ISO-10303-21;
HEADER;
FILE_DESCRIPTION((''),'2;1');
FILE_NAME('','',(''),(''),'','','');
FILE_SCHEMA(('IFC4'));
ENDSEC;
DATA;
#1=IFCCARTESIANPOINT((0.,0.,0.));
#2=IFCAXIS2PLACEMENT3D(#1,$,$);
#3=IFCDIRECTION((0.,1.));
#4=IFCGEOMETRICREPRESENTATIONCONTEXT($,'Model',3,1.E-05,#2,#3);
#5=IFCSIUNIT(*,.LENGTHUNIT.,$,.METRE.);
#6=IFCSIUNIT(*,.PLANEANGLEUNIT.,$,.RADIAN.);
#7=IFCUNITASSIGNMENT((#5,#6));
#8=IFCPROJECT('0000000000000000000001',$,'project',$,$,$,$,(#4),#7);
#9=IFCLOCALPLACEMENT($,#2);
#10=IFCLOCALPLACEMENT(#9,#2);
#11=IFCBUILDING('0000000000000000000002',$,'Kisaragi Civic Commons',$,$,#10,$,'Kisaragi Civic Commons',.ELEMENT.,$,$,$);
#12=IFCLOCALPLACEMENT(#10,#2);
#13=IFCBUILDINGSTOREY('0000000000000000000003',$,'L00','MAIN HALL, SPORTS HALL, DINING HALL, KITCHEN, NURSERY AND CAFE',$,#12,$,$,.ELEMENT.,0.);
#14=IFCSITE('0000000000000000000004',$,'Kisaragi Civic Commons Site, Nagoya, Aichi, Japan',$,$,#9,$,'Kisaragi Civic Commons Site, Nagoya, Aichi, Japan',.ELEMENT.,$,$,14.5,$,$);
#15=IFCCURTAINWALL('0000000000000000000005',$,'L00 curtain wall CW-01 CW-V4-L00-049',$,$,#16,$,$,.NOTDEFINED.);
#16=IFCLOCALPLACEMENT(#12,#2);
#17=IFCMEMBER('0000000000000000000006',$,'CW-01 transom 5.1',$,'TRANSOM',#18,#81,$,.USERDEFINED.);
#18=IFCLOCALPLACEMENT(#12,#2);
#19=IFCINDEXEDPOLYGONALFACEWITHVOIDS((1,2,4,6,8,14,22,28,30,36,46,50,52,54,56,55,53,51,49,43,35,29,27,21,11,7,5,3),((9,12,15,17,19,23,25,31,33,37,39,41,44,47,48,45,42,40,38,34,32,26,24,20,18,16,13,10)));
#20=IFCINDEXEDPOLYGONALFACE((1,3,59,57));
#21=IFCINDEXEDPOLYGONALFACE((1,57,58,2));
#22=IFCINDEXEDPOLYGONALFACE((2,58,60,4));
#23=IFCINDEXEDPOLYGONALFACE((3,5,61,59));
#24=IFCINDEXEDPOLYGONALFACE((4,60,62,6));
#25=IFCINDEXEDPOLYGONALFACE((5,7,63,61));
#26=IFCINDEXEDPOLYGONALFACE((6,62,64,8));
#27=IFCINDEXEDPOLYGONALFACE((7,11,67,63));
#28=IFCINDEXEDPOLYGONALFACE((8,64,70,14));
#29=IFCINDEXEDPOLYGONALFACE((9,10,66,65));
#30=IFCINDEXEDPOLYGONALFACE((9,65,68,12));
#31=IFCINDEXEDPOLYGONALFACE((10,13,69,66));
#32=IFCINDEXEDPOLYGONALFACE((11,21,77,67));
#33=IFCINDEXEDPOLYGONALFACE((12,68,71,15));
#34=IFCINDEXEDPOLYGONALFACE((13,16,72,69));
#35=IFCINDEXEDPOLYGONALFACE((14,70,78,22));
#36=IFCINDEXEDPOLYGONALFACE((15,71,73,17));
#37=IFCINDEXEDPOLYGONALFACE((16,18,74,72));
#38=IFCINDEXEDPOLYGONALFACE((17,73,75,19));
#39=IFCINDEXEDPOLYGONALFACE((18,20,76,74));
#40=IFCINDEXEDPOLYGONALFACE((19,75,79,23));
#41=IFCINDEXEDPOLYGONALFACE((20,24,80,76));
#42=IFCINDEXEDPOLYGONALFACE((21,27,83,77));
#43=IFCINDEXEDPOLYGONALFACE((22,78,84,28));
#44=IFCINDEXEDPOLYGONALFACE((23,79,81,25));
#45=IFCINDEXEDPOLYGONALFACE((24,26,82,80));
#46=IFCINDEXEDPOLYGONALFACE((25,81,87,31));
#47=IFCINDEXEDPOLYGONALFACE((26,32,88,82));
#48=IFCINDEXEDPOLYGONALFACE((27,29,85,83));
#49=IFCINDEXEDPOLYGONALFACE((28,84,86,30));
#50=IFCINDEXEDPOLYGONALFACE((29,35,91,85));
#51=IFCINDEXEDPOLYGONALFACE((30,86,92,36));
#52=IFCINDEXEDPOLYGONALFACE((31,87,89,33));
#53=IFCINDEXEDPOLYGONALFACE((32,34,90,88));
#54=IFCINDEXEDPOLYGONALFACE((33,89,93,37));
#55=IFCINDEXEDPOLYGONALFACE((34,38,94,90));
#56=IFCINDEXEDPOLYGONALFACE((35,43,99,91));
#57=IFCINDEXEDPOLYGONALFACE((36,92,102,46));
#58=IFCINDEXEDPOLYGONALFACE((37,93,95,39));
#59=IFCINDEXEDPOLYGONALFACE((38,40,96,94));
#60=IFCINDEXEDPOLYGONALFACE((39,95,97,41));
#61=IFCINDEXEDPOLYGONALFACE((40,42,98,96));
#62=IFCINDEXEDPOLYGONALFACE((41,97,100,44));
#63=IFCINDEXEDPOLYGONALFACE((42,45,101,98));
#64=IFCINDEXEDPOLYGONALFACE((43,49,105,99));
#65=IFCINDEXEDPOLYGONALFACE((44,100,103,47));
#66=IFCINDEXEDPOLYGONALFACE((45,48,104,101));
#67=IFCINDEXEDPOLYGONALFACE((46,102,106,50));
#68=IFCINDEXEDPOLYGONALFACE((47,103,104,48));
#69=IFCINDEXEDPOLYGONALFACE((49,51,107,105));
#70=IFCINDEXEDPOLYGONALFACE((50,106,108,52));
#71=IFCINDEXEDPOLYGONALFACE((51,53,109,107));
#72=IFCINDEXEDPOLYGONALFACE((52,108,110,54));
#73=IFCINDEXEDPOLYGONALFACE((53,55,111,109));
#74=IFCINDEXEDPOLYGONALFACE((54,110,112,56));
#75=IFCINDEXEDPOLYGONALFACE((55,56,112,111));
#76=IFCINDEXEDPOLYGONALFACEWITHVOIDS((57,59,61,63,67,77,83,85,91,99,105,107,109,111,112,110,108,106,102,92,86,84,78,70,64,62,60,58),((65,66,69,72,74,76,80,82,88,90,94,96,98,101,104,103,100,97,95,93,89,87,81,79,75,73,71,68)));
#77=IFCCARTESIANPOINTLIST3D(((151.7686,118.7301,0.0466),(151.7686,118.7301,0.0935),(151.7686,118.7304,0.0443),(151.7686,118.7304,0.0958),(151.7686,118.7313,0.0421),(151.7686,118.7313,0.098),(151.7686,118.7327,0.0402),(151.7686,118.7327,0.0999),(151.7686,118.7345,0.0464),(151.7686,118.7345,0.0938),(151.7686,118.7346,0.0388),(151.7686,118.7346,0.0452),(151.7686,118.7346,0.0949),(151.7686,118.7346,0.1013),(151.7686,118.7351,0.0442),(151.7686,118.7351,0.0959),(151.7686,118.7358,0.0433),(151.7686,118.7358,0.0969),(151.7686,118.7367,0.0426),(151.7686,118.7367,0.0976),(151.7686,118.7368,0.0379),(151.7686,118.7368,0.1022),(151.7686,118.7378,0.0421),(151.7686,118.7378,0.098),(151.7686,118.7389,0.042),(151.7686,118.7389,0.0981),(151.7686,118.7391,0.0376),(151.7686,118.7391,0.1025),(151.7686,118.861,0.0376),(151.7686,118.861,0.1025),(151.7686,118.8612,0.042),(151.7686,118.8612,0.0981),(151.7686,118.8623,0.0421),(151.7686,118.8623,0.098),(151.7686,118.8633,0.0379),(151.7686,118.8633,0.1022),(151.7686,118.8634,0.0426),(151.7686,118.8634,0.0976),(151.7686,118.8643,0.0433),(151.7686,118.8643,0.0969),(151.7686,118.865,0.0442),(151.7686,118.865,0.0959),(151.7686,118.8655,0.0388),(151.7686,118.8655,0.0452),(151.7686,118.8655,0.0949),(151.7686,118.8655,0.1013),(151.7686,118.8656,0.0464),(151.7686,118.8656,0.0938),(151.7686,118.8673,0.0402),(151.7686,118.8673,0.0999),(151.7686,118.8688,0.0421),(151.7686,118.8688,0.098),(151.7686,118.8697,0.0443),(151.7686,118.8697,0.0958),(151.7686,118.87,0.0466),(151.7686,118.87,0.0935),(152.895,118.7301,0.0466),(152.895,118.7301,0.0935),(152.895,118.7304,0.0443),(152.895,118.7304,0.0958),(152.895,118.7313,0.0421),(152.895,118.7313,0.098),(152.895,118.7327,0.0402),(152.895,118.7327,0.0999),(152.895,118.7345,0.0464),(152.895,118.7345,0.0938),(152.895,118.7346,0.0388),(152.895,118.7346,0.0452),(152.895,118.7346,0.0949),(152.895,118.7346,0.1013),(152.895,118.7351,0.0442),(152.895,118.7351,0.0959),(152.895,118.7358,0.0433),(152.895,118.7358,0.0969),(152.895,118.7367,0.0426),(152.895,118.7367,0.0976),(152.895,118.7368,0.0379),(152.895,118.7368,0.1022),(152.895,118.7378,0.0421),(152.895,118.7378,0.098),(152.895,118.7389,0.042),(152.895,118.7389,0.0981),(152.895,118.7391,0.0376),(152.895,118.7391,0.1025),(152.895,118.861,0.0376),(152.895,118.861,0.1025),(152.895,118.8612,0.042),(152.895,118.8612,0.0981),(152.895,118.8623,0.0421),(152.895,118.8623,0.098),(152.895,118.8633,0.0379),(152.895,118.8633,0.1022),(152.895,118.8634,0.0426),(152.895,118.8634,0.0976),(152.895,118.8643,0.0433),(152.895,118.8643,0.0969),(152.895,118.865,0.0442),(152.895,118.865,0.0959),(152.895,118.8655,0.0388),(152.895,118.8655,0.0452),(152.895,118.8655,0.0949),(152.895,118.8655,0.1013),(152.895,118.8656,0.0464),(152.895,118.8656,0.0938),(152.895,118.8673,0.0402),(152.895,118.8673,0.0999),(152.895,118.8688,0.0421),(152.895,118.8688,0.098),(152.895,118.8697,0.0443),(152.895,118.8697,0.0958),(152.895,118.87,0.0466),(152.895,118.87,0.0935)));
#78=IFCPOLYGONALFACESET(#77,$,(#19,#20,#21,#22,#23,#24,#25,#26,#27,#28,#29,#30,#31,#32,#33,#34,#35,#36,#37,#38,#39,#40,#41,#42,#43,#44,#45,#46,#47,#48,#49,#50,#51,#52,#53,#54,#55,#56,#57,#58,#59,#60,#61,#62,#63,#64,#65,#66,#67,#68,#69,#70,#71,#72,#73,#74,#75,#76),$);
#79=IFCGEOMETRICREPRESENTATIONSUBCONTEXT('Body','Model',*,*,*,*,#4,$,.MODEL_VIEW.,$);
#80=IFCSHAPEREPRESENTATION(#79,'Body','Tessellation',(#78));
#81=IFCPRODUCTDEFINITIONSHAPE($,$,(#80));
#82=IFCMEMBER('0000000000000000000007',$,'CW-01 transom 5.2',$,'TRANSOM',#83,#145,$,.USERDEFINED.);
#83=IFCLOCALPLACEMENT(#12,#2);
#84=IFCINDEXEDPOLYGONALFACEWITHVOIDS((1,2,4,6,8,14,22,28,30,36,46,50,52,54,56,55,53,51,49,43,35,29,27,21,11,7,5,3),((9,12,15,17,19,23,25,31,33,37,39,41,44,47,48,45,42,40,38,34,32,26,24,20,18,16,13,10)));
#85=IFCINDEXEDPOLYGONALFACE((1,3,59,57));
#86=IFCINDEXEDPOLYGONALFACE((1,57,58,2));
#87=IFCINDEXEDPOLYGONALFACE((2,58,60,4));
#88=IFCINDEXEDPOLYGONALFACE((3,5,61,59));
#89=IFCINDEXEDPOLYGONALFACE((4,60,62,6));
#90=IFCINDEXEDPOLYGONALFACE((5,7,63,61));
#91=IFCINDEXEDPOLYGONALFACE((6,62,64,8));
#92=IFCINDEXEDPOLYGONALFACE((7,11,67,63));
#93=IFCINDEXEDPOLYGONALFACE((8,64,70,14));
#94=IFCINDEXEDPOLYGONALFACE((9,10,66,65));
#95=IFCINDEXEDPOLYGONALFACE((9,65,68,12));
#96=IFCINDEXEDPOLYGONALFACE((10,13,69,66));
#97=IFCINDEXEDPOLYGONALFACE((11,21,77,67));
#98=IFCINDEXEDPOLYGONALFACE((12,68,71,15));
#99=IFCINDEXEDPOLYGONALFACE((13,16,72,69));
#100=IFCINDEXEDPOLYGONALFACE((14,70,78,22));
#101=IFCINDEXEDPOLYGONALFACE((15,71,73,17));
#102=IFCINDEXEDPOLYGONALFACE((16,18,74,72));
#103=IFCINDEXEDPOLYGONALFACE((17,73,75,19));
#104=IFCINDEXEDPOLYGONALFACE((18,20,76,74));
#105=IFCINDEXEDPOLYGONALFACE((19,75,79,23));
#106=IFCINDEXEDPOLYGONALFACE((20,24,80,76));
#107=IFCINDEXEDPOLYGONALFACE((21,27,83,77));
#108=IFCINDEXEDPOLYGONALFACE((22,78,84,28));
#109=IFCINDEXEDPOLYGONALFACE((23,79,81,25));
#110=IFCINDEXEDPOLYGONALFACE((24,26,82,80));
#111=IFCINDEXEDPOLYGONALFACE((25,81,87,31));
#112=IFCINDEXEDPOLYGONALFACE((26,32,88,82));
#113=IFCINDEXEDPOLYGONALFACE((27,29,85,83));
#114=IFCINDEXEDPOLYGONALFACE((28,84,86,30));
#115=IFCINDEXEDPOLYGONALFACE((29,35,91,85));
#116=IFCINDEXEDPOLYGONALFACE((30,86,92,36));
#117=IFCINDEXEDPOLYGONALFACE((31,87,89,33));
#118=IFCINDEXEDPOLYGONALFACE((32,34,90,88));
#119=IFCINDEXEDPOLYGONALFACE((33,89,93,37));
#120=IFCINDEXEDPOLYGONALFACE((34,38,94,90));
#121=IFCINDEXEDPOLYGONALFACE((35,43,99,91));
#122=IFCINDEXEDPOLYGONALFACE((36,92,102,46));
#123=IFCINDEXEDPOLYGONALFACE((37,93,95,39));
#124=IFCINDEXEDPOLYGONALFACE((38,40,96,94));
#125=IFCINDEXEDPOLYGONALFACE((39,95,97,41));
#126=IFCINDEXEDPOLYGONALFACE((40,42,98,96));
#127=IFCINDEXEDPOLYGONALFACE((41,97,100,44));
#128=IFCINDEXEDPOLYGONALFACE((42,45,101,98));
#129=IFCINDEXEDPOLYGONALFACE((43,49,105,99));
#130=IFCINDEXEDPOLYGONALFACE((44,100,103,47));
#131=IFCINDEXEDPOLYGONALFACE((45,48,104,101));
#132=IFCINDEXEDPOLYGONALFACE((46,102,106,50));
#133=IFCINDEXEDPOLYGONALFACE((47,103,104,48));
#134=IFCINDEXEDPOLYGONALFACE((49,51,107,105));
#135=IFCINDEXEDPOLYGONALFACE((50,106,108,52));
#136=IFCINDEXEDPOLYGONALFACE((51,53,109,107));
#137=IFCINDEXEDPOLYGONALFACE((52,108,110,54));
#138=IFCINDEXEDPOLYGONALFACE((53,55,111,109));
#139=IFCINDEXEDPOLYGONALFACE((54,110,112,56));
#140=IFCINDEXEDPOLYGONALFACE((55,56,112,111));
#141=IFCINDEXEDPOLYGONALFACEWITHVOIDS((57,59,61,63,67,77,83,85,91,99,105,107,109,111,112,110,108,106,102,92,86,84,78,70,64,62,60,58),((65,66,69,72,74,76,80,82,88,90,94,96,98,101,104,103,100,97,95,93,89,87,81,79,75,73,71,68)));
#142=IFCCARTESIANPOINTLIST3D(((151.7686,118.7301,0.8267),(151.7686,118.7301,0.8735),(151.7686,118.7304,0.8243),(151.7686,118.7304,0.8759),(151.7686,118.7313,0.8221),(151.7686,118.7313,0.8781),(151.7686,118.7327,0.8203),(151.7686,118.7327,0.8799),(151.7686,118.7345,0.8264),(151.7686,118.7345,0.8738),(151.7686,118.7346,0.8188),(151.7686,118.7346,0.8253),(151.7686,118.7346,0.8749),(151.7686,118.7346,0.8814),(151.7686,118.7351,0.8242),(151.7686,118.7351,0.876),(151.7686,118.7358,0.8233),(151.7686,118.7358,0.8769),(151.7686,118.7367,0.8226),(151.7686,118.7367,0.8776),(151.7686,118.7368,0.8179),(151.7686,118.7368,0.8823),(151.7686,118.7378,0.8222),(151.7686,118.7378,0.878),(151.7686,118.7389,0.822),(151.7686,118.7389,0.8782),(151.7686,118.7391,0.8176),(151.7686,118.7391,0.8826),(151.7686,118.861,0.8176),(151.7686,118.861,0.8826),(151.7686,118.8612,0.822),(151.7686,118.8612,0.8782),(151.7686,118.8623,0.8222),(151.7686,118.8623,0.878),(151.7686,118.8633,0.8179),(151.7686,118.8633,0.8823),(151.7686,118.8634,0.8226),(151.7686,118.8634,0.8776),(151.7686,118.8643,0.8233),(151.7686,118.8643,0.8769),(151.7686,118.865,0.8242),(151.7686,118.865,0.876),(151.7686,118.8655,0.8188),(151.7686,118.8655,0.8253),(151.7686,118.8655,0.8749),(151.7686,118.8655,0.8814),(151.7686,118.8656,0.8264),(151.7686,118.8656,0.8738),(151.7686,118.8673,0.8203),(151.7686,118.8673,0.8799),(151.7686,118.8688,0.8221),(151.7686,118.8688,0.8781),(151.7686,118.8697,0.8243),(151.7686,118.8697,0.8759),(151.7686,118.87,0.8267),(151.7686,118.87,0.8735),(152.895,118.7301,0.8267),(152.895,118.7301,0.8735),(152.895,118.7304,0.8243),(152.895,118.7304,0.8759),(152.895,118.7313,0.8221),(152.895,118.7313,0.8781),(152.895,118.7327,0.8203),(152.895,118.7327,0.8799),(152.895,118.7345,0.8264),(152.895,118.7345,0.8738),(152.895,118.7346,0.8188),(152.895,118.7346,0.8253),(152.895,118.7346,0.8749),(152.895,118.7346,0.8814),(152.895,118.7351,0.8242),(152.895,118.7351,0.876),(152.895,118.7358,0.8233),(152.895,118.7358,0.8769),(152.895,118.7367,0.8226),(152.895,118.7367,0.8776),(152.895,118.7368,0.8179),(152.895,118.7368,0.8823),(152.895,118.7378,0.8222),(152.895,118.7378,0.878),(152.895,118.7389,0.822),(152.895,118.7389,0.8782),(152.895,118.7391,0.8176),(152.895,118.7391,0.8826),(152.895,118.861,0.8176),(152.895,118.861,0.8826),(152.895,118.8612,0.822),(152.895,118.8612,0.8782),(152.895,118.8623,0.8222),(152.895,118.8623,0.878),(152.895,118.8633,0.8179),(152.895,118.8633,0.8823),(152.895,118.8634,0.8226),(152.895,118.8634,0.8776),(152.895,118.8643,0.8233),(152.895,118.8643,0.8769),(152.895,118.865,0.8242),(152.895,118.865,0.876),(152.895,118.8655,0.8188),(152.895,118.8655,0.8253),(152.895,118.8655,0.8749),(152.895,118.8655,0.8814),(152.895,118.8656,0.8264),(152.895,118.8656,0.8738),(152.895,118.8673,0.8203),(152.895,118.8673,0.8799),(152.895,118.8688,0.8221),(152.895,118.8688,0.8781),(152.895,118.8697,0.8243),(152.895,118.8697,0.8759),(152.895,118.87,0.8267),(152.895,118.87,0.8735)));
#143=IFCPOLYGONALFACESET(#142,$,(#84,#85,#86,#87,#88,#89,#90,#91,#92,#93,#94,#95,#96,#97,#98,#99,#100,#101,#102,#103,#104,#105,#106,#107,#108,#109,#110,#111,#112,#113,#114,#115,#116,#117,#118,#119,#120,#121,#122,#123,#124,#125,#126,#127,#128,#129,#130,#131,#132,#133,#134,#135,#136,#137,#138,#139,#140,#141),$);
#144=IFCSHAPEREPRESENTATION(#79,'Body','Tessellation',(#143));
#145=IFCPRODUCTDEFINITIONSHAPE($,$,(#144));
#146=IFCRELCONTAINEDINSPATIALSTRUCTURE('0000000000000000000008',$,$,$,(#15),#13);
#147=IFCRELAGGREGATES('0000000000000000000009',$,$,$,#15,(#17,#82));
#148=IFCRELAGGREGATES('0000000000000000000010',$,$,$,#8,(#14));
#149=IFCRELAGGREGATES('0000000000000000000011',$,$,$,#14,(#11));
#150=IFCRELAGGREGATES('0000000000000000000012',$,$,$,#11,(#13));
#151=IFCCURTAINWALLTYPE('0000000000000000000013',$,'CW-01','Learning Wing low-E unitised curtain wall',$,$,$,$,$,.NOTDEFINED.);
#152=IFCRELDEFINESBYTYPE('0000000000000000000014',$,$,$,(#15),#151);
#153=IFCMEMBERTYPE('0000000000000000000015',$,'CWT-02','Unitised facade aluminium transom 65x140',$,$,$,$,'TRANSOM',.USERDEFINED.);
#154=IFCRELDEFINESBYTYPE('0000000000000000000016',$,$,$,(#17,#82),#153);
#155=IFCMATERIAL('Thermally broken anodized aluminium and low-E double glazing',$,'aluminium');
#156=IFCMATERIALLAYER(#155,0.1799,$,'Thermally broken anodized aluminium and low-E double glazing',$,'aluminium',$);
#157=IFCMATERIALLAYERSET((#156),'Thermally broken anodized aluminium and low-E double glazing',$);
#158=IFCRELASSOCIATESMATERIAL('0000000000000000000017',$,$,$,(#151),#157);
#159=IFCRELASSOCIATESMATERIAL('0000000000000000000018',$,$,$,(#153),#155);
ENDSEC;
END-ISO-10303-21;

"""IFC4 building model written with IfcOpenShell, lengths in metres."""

from ifc_helpers import new_model, si_unit, direction, frame, origin, origin_2d, place, context, subcontext, project, spatial, hollow_rectangle, extrude, material, layer, layer_set, material_profile, profile_set, type_object, element, aggregate, save


model = new_model("IFC4")

# Units and contexts
model_context = context("Model", 3, precision=1e-05, world=origin(), true_north=direction((0.0, 1.0)))
body_context = subcontext(model_context, "Body", "Model", "MODEL_VIEW")
ifc_project = project(units=[si_unit("LENGTHUNIT", "METRE"), si_unit("PLANEANGLEUNIT", "RADIAN")], contexts=[model_context])

# Site, building, storey
site_placement = place(None, origin())
site = spatial("IfcSite", under=ifc_project, at=site_placement, Name="Kisaragi Civic Commons Site, Nagoya, Aichi, Japan", LongName="Kisaragi Civic Commons Site, Nagoya, Aichi, Japan", CompositionType="ELEMENT", RefElevation=14.5)
building_placement = place(site_placement, origin())
building = spatial("IfcBuilding", under=site, at=building_placement, Name="Kisaragi Civic Commons", LongName="Kisaragi Civic Commons", CompositionType="ELEMENT")
storey_placement = place(building_placement, origin())
storey = spatial("IfcBuildingStorey", under=building, at=storey_placement, Name="L00", Description="MAIN HALL, SPORTS HALL, DINING HALL, KITCHEN, NURSERY AND CAFE", CompositionType="ELEMENT", Elevation=0.0)

# Curtain wall
ifc_material_1 = material(Name="Thermally broken anodized aluminium and low-E double glazing", Category="aluminium")
ifc_layer_1 = layer(ifc_material_1, 0.1799, Name="Thermally broken anodized aluminium and low-E double glazing", Category="aluminium")
ifc_layer_set_1 = layer_set([ifc_layer_1], Name="Thermally broken anodized aluminium and low-E double glazing")
curtain_wall_type = type_object("IfcCurtainWallType", Name="CW-01", Description="Learning Wing low-E unitised curtain wall", PredefinedType="NOTDEFINED", material=ifc_layer_set_1)
curtain_wall_1_placement = place(storey_placement, origin())
curtain_wall_1 = element("IfcCurtainWall", 1, at=curtain_wall_1_placement, inside=storey, type_object=curtain_wall_type, Name="L00 curtain wall CW-01 CW-V4-L00-049", PredefinedType="NOTDEFINED")

# Members
ifc_material_profile_1 = material_profile(ifc_material_1, hollow_rectangle(XDim=0.1399, YDim=0.0649, WallThickness=0.0044, InnerFilletRadius=0.0044, OuterFilletRadius=0.009, at=origin_2d()), Name="CWT-65x140x4.5", Category="aluminium")
ifc_profile_set_1 = profile_set([ifc_material_profile_1], Name="Thermally broken anodized aluminium and low-E double glazing")
member_type_1 = type_object("IfcMemberType", Name="CWT-02", Description="Unitised facade aluminium transom 65x140", ElementType="TRANSOM", PredefinedType="USERDEFINED", material=ifc_profile_set_1)
member_1_placement = place(storey_placement, frame((151.7686, 118.8, 0.0701), z_axis=(1.0, 0.0, 0.0), x_axis=(0.0, 1.0, 0.0)))
member_1 = element("IfcMember", 2, at=member_1_placement, type_object=member_type_1, Name="CW-01 transom 5.1", ObjectType="TRANSOM", PredefinedType="USERDEFINED", context=body_context, shape_type="SweptSolid", body=[
    extrude(hollow_rectangle(XDim=0.1399, YDim=0.0649, WallThickness=0.0044, InnerFilletRadius=0.0044, OuterFilletRadius=0.009, at=origin_2d()), origin(), (0.0, 0.0, 1.0), 1.1265),
])
member_2_placement = place(storey_placement, frame((151.7686, 118.8, 0.8501), z_axis=(1.0, 0.0, 0.0), x_axis=(0.0, 1.0, 0.0)))
member_2 = element("IfcMember", 3, at=member_2_placement, type_object=member_type_1, Name="CW-01 transom 5.2", ObjectType="TRANSOM", PredefinedType="USERDEFINED", context=body_context, shape_type="SweptSolid", body=[
    extrude(hollow_rectangle(XDim=0.1399, YDim=0.0649, WallThickness=0.0044, InnerFilletRadius=0.0044, OuterFilletRadius=0.009, at=origin_2d()), origin(), (0.0, 0.0, 1.0), 1.1265),
])

aggregate(curtain_wall_1, [member_1, member_2])

save(model, "model.ifc")
